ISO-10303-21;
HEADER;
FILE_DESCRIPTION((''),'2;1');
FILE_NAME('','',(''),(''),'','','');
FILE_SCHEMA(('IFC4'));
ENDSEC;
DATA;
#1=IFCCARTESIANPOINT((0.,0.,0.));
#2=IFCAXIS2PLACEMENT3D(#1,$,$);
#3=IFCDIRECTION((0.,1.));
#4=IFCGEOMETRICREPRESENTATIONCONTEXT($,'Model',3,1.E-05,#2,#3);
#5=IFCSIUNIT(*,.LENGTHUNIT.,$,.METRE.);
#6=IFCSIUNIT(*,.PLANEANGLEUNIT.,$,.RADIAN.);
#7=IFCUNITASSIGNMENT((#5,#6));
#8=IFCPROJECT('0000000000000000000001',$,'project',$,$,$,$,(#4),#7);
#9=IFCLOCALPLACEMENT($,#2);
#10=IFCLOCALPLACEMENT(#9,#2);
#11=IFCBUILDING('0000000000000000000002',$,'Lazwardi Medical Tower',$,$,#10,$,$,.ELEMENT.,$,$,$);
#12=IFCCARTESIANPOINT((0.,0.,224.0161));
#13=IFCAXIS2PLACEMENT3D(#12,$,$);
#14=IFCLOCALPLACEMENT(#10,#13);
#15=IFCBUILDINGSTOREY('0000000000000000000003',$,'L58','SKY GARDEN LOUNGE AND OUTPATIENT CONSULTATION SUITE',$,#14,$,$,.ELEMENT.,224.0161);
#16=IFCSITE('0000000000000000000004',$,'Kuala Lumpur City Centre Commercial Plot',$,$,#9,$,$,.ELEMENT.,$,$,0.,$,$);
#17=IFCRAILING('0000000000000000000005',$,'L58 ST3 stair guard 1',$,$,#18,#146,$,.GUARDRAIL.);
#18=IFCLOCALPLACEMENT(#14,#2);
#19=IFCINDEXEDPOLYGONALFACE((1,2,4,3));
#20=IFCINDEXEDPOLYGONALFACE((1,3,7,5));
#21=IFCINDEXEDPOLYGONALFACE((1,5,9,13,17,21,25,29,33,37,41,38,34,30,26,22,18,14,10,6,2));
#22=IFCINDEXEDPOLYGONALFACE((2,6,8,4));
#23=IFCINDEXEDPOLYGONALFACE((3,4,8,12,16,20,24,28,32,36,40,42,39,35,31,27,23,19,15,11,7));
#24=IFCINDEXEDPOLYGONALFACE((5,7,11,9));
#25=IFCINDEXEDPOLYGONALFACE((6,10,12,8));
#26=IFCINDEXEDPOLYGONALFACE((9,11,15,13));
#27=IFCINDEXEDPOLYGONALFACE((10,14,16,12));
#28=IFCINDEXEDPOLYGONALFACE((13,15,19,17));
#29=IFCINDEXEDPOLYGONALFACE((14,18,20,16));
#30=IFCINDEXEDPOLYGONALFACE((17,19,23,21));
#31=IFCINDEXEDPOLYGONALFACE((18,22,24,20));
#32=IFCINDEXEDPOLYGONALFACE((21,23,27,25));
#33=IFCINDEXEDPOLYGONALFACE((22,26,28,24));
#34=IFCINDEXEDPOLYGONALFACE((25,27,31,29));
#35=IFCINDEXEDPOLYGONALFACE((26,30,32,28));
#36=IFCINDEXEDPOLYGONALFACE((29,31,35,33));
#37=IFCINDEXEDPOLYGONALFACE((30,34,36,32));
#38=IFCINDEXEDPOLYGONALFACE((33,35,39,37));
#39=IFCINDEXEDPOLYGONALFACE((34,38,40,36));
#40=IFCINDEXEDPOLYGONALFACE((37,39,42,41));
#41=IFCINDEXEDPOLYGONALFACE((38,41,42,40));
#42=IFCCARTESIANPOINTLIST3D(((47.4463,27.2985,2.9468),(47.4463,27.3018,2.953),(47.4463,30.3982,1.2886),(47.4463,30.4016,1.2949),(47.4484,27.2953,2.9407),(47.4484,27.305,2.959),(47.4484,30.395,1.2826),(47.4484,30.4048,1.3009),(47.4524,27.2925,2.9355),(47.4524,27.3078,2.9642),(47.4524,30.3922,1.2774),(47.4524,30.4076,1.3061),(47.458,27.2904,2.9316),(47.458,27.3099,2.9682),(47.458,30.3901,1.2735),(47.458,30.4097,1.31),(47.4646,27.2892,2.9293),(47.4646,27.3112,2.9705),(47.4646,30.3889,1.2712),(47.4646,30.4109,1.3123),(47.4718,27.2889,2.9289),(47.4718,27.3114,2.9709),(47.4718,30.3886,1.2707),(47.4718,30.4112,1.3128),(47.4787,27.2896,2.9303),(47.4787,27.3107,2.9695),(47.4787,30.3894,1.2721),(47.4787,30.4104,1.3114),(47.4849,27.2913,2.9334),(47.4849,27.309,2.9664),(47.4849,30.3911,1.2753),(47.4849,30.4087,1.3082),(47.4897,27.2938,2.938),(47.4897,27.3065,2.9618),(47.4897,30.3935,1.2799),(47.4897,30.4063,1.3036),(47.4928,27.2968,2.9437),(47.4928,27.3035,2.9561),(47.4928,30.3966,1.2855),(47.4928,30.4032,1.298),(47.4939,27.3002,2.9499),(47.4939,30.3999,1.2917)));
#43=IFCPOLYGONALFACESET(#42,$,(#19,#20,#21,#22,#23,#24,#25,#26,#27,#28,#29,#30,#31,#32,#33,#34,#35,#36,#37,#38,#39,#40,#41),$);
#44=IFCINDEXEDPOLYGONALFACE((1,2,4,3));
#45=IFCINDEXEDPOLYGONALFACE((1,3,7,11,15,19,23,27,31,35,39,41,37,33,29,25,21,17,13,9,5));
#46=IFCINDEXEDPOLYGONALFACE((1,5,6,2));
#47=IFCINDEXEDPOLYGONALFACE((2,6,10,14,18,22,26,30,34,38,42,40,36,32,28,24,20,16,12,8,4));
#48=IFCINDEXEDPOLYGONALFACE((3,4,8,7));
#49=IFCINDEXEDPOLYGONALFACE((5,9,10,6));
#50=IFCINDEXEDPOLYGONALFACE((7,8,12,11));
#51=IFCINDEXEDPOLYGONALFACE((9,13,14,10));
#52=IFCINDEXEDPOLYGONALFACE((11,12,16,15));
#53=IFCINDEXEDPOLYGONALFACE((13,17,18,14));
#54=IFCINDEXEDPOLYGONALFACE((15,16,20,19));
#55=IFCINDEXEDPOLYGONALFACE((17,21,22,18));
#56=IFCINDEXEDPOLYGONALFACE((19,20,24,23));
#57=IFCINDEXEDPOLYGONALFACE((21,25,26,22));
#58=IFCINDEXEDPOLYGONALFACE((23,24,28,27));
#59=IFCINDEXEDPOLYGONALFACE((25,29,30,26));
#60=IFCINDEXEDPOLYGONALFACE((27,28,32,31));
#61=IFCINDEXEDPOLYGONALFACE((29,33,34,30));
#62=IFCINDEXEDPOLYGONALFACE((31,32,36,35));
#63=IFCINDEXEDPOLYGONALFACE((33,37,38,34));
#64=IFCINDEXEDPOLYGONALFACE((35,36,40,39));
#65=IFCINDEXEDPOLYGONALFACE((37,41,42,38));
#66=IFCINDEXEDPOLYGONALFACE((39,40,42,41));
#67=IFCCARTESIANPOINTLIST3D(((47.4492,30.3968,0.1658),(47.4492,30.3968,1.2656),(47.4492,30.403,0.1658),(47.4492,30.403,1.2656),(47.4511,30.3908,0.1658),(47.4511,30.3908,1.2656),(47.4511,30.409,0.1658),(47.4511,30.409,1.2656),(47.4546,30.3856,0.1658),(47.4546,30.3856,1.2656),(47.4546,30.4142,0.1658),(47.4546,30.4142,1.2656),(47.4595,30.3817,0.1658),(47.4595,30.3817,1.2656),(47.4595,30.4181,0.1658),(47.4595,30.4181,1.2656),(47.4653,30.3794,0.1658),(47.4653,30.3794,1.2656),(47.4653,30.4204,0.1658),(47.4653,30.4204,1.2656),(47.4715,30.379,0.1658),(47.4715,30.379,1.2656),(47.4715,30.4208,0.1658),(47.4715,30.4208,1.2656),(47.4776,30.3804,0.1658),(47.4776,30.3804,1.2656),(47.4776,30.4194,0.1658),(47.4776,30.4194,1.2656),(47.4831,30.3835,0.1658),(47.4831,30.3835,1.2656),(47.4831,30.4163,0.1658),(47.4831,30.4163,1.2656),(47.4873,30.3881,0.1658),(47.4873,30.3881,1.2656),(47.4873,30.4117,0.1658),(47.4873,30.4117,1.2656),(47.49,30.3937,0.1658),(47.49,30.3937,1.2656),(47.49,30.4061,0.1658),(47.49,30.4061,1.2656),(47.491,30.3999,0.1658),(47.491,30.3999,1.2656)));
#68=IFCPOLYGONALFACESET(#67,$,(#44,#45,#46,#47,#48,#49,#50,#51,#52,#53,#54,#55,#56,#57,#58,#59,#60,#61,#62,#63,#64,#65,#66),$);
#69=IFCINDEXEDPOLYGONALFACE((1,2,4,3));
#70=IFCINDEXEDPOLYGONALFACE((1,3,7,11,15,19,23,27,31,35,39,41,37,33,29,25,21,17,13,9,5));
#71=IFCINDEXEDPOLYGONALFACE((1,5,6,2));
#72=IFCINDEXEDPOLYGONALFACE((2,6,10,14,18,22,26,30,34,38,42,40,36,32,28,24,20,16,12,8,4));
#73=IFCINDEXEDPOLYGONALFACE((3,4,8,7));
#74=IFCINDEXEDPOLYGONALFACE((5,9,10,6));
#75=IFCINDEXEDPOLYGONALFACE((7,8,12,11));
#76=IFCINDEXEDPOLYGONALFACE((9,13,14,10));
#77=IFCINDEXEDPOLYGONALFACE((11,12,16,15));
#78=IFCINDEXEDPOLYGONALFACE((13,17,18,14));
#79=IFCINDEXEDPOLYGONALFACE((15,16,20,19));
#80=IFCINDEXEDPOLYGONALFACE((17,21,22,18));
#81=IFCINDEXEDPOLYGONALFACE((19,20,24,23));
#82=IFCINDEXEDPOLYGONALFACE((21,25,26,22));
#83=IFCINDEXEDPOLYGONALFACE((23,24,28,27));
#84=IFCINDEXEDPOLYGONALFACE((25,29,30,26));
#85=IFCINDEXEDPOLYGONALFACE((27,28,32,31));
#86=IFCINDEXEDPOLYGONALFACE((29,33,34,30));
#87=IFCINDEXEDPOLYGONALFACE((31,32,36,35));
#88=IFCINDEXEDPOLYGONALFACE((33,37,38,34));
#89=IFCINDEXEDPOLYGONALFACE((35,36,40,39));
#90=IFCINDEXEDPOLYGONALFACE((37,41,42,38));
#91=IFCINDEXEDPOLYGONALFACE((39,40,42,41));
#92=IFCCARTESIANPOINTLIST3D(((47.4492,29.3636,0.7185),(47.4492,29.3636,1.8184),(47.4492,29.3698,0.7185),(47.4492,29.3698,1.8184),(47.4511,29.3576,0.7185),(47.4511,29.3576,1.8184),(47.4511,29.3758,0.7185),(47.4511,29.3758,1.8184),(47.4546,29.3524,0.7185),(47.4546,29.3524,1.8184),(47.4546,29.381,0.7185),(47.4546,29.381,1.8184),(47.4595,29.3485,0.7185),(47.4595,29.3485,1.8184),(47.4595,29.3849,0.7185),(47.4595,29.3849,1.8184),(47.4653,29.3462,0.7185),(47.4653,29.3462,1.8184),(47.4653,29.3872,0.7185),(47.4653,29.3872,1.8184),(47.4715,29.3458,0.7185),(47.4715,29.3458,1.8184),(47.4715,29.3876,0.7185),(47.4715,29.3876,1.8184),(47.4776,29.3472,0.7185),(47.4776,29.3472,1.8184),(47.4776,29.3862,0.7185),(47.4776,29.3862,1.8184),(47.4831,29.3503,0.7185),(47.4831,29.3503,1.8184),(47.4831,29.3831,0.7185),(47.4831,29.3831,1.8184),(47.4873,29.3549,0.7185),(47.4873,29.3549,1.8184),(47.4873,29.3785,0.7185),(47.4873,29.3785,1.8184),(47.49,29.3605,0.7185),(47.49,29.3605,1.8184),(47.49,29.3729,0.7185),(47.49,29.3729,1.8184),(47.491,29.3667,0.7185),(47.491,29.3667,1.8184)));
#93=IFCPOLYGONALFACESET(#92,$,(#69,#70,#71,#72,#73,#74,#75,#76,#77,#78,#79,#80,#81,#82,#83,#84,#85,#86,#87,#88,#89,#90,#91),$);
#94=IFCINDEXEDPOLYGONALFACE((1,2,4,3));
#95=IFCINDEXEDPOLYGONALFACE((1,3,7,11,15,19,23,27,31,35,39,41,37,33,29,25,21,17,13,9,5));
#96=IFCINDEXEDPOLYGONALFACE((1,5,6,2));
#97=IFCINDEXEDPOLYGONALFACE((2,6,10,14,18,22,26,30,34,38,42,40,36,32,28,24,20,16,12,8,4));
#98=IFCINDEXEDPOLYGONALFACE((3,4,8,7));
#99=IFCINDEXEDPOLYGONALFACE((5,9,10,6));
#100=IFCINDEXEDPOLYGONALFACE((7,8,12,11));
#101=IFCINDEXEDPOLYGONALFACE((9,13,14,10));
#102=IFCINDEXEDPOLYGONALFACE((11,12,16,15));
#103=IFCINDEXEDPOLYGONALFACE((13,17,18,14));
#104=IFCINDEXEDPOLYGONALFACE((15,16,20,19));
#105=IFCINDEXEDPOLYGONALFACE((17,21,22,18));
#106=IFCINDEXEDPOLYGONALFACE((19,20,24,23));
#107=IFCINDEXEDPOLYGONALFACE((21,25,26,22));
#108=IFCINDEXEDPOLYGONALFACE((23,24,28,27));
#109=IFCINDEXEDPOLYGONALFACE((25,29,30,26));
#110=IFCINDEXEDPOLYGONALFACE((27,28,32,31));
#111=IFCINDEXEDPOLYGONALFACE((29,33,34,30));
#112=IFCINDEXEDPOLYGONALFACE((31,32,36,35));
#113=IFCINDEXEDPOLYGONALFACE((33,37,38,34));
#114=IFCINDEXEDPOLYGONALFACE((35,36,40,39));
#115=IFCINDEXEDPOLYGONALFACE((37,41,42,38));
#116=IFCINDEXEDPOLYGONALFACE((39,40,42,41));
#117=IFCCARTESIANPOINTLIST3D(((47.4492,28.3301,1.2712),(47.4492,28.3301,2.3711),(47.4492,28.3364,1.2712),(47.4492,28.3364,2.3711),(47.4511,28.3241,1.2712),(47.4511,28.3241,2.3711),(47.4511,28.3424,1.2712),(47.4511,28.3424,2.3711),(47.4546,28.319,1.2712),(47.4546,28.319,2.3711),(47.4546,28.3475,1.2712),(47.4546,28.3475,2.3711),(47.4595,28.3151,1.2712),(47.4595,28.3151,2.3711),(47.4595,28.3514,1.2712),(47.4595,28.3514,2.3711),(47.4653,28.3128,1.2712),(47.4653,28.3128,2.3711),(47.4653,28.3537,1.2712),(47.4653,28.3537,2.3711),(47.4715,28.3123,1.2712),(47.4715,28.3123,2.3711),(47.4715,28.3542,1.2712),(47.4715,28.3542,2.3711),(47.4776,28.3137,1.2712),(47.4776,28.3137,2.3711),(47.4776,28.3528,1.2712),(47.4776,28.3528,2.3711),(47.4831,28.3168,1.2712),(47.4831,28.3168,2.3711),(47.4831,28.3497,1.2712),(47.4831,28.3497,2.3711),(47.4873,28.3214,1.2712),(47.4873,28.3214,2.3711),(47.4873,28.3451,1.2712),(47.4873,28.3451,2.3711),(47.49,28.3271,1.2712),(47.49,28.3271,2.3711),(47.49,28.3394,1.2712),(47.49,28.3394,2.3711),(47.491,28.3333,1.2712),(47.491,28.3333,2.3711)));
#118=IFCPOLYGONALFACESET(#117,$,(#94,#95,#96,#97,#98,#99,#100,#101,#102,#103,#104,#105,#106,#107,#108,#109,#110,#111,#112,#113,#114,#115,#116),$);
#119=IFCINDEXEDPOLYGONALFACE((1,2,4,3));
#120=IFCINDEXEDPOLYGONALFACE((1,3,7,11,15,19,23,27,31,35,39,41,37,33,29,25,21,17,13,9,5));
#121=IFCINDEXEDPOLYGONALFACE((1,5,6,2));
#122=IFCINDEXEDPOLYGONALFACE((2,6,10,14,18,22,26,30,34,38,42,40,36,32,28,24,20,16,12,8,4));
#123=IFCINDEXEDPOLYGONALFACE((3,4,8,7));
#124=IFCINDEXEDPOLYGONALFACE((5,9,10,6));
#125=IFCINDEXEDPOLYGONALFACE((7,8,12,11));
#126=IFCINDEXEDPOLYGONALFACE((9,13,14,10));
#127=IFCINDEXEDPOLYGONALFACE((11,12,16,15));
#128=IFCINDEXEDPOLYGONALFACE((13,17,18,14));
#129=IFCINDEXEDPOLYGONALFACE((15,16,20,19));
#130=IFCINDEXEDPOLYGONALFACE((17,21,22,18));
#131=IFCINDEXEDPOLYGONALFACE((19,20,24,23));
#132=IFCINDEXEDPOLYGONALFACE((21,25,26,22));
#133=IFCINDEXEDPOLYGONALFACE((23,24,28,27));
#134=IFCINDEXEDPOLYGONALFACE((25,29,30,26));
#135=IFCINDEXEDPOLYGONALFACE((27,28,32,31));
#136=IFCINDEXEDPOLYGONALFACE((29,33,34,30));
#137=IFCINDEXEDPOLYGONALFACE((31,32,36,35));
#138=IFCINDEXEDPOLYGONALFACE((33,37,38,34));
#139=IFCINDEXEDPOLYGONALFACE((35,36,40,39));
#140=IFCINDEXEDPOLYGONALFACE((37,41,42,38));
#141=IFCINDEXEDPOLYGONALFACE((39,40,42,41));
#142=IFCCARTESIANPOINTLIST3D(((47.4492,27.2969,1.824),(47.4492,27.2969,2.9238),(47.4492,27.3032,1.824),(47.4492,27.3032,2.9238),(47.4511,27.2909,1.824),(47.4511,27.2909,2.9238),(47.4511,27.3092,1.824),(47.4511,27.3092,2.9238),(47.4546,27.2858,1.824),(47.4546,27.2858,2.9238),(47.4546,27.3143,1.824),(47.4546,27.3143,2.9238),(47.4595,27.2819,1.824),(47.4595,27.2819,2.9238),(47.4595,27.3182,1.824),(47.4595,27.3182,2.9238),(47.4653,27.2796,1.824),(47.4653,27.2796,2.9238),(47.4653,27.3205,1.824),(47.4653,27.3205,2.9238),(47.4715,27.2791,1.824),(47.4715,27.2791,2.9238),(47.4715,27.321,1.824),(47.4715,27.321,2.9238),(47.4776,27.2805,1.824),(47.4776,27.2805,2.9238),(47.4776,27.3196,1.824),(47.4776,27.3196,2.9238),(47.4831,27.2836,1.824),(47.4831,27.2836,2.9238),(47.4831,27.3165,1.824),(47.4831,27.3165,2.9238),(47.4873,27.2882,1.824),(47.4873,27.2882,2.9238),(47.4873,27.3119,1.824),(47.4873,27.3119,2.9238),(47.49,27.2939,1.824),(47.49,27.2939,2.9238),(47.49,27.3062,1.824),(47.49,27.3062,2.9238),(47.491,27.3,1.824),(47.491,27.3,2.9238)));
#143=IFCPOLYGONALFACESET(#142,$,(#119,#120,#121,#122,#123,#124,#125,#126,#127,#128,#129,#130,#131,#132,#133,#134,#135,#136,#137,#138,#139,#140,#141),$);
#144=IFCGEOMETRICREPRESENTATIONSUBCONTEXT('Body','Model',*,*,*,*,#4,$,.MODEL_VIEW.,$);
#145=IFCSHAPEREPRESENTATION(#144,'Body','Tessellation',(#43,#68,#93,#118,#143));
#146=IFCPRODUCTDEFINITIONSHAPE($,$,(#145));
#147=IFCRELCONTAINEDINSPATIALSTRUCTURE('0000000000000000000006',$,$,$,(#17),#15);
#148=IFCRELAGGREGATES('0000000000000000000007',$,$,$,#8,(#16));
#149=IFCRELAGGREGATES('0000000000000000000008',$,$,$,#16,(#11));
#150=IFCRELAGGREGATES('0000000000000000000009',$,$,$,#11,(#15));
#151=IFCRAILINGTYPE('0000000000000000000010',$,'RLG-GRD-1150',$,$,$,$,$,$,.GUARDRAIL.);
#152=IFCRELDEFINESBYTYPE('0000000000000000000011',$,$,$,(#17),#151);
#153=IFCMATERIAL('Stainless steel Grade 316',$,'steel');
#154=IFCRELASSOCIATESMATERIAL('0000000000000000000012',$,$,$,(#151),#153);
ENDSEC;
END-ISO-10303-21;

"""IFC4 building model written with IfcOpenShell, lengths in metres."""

from ifc_helpers import new_model, si_unit, direction, frame, origin, origin_2d, place, context, subcontext, project, spatial, circle, extrude, material, type_object, element, save


model = new_model("IFC4")

# Units and contexts
model_context = context("Model", 3, precision=1e-05, world=origin(), true_north=direction((0.0, 1.0)))
body_context = subcontext(model_context, "Body", "Model", "MODEL_VIEW")
ifc_project = project(units=[si_unit("LENGTHUNIT", "METRE"), si_unit("PLANEANGLEUNIT", "RADIAN")], contexts=[model_context])

# Site, building, storey
site_placement = place(None, origin())
site = spatial("IfcSite", under=ifc_project, at=site_placement, Name="Kuala Lumpur City Centre Commercial Plot", CompositionType="ELEMENT", RefElevation=0.0)
building_placement = place(site_placement, origin())
building = spatial("IfcBuilding", under=site, at=building_placement, Name="Lazwardi Medical Tower", CompositionType="ELEMENT")
storey_placement = place(building_placement, frame((0.0, 0.0, 224.0161)))
storey = spatial("IfcBuildingStorey", under=building, at=storey_placement, Name="L58", Description="SKY GARDEN LOUNGE AND OUTPATIENT CONSULTATION SUITE", CompositionType="ELEMENT", Elevation=224.0161)

# Railing
ifc_material_1 = material(Name="Stainless steel Grade 316", Category="steel")
railing_type = type_object("IfcRailingType", Name="RLG-GRD-1150", PredefinedType="GUARDRAIL", material=ifc_material_1)
railing_1_placement = place(storey_placement, frame((47.47, 30.3999, 0.1658)))
element("IfcRailing", 1, at=railing_1_placement, inside=storey, type_object=railing_type, Name="L58 ST3 stair guard 1", PredefinedType="GUARDRAIL", context=body_context, shape_type="SweptSolid", body=[
    extrude(circle(Radius=0.0239, at=origin_2d()), frame((0.0, 0.0, 1.126), z_axis=(0.0, -0.881768, 0.471684), x_axis=(1.0, 0.0, 0.0)), (0.0, 0.0, 1.0), 3.5154),
    extrude(circle(Radius=0.021, at=origin_2d()), origin(), (0.0, 0.0, 1.0), 1.0999),
    extrude(circle(Radius=0.021, at=origin_2d()), frame((0.0, -1.0332, 0.5527)), (0.0, 0.0, 1.0), 1.0999),
    extrude(circle(Radius=0.021, at=origin_2d()), frame((0.0, -2.0667, 1.1055)), (0.0, 0.0, 1.0), 1.0999),
    extrude(circle(Radius=0.021, at=origin_2d()), frame((0.0, -3.0999, 1.6582)), (0.0, 0.0, 1.0), 1.0999),
])

save(model, "model.ifc")
